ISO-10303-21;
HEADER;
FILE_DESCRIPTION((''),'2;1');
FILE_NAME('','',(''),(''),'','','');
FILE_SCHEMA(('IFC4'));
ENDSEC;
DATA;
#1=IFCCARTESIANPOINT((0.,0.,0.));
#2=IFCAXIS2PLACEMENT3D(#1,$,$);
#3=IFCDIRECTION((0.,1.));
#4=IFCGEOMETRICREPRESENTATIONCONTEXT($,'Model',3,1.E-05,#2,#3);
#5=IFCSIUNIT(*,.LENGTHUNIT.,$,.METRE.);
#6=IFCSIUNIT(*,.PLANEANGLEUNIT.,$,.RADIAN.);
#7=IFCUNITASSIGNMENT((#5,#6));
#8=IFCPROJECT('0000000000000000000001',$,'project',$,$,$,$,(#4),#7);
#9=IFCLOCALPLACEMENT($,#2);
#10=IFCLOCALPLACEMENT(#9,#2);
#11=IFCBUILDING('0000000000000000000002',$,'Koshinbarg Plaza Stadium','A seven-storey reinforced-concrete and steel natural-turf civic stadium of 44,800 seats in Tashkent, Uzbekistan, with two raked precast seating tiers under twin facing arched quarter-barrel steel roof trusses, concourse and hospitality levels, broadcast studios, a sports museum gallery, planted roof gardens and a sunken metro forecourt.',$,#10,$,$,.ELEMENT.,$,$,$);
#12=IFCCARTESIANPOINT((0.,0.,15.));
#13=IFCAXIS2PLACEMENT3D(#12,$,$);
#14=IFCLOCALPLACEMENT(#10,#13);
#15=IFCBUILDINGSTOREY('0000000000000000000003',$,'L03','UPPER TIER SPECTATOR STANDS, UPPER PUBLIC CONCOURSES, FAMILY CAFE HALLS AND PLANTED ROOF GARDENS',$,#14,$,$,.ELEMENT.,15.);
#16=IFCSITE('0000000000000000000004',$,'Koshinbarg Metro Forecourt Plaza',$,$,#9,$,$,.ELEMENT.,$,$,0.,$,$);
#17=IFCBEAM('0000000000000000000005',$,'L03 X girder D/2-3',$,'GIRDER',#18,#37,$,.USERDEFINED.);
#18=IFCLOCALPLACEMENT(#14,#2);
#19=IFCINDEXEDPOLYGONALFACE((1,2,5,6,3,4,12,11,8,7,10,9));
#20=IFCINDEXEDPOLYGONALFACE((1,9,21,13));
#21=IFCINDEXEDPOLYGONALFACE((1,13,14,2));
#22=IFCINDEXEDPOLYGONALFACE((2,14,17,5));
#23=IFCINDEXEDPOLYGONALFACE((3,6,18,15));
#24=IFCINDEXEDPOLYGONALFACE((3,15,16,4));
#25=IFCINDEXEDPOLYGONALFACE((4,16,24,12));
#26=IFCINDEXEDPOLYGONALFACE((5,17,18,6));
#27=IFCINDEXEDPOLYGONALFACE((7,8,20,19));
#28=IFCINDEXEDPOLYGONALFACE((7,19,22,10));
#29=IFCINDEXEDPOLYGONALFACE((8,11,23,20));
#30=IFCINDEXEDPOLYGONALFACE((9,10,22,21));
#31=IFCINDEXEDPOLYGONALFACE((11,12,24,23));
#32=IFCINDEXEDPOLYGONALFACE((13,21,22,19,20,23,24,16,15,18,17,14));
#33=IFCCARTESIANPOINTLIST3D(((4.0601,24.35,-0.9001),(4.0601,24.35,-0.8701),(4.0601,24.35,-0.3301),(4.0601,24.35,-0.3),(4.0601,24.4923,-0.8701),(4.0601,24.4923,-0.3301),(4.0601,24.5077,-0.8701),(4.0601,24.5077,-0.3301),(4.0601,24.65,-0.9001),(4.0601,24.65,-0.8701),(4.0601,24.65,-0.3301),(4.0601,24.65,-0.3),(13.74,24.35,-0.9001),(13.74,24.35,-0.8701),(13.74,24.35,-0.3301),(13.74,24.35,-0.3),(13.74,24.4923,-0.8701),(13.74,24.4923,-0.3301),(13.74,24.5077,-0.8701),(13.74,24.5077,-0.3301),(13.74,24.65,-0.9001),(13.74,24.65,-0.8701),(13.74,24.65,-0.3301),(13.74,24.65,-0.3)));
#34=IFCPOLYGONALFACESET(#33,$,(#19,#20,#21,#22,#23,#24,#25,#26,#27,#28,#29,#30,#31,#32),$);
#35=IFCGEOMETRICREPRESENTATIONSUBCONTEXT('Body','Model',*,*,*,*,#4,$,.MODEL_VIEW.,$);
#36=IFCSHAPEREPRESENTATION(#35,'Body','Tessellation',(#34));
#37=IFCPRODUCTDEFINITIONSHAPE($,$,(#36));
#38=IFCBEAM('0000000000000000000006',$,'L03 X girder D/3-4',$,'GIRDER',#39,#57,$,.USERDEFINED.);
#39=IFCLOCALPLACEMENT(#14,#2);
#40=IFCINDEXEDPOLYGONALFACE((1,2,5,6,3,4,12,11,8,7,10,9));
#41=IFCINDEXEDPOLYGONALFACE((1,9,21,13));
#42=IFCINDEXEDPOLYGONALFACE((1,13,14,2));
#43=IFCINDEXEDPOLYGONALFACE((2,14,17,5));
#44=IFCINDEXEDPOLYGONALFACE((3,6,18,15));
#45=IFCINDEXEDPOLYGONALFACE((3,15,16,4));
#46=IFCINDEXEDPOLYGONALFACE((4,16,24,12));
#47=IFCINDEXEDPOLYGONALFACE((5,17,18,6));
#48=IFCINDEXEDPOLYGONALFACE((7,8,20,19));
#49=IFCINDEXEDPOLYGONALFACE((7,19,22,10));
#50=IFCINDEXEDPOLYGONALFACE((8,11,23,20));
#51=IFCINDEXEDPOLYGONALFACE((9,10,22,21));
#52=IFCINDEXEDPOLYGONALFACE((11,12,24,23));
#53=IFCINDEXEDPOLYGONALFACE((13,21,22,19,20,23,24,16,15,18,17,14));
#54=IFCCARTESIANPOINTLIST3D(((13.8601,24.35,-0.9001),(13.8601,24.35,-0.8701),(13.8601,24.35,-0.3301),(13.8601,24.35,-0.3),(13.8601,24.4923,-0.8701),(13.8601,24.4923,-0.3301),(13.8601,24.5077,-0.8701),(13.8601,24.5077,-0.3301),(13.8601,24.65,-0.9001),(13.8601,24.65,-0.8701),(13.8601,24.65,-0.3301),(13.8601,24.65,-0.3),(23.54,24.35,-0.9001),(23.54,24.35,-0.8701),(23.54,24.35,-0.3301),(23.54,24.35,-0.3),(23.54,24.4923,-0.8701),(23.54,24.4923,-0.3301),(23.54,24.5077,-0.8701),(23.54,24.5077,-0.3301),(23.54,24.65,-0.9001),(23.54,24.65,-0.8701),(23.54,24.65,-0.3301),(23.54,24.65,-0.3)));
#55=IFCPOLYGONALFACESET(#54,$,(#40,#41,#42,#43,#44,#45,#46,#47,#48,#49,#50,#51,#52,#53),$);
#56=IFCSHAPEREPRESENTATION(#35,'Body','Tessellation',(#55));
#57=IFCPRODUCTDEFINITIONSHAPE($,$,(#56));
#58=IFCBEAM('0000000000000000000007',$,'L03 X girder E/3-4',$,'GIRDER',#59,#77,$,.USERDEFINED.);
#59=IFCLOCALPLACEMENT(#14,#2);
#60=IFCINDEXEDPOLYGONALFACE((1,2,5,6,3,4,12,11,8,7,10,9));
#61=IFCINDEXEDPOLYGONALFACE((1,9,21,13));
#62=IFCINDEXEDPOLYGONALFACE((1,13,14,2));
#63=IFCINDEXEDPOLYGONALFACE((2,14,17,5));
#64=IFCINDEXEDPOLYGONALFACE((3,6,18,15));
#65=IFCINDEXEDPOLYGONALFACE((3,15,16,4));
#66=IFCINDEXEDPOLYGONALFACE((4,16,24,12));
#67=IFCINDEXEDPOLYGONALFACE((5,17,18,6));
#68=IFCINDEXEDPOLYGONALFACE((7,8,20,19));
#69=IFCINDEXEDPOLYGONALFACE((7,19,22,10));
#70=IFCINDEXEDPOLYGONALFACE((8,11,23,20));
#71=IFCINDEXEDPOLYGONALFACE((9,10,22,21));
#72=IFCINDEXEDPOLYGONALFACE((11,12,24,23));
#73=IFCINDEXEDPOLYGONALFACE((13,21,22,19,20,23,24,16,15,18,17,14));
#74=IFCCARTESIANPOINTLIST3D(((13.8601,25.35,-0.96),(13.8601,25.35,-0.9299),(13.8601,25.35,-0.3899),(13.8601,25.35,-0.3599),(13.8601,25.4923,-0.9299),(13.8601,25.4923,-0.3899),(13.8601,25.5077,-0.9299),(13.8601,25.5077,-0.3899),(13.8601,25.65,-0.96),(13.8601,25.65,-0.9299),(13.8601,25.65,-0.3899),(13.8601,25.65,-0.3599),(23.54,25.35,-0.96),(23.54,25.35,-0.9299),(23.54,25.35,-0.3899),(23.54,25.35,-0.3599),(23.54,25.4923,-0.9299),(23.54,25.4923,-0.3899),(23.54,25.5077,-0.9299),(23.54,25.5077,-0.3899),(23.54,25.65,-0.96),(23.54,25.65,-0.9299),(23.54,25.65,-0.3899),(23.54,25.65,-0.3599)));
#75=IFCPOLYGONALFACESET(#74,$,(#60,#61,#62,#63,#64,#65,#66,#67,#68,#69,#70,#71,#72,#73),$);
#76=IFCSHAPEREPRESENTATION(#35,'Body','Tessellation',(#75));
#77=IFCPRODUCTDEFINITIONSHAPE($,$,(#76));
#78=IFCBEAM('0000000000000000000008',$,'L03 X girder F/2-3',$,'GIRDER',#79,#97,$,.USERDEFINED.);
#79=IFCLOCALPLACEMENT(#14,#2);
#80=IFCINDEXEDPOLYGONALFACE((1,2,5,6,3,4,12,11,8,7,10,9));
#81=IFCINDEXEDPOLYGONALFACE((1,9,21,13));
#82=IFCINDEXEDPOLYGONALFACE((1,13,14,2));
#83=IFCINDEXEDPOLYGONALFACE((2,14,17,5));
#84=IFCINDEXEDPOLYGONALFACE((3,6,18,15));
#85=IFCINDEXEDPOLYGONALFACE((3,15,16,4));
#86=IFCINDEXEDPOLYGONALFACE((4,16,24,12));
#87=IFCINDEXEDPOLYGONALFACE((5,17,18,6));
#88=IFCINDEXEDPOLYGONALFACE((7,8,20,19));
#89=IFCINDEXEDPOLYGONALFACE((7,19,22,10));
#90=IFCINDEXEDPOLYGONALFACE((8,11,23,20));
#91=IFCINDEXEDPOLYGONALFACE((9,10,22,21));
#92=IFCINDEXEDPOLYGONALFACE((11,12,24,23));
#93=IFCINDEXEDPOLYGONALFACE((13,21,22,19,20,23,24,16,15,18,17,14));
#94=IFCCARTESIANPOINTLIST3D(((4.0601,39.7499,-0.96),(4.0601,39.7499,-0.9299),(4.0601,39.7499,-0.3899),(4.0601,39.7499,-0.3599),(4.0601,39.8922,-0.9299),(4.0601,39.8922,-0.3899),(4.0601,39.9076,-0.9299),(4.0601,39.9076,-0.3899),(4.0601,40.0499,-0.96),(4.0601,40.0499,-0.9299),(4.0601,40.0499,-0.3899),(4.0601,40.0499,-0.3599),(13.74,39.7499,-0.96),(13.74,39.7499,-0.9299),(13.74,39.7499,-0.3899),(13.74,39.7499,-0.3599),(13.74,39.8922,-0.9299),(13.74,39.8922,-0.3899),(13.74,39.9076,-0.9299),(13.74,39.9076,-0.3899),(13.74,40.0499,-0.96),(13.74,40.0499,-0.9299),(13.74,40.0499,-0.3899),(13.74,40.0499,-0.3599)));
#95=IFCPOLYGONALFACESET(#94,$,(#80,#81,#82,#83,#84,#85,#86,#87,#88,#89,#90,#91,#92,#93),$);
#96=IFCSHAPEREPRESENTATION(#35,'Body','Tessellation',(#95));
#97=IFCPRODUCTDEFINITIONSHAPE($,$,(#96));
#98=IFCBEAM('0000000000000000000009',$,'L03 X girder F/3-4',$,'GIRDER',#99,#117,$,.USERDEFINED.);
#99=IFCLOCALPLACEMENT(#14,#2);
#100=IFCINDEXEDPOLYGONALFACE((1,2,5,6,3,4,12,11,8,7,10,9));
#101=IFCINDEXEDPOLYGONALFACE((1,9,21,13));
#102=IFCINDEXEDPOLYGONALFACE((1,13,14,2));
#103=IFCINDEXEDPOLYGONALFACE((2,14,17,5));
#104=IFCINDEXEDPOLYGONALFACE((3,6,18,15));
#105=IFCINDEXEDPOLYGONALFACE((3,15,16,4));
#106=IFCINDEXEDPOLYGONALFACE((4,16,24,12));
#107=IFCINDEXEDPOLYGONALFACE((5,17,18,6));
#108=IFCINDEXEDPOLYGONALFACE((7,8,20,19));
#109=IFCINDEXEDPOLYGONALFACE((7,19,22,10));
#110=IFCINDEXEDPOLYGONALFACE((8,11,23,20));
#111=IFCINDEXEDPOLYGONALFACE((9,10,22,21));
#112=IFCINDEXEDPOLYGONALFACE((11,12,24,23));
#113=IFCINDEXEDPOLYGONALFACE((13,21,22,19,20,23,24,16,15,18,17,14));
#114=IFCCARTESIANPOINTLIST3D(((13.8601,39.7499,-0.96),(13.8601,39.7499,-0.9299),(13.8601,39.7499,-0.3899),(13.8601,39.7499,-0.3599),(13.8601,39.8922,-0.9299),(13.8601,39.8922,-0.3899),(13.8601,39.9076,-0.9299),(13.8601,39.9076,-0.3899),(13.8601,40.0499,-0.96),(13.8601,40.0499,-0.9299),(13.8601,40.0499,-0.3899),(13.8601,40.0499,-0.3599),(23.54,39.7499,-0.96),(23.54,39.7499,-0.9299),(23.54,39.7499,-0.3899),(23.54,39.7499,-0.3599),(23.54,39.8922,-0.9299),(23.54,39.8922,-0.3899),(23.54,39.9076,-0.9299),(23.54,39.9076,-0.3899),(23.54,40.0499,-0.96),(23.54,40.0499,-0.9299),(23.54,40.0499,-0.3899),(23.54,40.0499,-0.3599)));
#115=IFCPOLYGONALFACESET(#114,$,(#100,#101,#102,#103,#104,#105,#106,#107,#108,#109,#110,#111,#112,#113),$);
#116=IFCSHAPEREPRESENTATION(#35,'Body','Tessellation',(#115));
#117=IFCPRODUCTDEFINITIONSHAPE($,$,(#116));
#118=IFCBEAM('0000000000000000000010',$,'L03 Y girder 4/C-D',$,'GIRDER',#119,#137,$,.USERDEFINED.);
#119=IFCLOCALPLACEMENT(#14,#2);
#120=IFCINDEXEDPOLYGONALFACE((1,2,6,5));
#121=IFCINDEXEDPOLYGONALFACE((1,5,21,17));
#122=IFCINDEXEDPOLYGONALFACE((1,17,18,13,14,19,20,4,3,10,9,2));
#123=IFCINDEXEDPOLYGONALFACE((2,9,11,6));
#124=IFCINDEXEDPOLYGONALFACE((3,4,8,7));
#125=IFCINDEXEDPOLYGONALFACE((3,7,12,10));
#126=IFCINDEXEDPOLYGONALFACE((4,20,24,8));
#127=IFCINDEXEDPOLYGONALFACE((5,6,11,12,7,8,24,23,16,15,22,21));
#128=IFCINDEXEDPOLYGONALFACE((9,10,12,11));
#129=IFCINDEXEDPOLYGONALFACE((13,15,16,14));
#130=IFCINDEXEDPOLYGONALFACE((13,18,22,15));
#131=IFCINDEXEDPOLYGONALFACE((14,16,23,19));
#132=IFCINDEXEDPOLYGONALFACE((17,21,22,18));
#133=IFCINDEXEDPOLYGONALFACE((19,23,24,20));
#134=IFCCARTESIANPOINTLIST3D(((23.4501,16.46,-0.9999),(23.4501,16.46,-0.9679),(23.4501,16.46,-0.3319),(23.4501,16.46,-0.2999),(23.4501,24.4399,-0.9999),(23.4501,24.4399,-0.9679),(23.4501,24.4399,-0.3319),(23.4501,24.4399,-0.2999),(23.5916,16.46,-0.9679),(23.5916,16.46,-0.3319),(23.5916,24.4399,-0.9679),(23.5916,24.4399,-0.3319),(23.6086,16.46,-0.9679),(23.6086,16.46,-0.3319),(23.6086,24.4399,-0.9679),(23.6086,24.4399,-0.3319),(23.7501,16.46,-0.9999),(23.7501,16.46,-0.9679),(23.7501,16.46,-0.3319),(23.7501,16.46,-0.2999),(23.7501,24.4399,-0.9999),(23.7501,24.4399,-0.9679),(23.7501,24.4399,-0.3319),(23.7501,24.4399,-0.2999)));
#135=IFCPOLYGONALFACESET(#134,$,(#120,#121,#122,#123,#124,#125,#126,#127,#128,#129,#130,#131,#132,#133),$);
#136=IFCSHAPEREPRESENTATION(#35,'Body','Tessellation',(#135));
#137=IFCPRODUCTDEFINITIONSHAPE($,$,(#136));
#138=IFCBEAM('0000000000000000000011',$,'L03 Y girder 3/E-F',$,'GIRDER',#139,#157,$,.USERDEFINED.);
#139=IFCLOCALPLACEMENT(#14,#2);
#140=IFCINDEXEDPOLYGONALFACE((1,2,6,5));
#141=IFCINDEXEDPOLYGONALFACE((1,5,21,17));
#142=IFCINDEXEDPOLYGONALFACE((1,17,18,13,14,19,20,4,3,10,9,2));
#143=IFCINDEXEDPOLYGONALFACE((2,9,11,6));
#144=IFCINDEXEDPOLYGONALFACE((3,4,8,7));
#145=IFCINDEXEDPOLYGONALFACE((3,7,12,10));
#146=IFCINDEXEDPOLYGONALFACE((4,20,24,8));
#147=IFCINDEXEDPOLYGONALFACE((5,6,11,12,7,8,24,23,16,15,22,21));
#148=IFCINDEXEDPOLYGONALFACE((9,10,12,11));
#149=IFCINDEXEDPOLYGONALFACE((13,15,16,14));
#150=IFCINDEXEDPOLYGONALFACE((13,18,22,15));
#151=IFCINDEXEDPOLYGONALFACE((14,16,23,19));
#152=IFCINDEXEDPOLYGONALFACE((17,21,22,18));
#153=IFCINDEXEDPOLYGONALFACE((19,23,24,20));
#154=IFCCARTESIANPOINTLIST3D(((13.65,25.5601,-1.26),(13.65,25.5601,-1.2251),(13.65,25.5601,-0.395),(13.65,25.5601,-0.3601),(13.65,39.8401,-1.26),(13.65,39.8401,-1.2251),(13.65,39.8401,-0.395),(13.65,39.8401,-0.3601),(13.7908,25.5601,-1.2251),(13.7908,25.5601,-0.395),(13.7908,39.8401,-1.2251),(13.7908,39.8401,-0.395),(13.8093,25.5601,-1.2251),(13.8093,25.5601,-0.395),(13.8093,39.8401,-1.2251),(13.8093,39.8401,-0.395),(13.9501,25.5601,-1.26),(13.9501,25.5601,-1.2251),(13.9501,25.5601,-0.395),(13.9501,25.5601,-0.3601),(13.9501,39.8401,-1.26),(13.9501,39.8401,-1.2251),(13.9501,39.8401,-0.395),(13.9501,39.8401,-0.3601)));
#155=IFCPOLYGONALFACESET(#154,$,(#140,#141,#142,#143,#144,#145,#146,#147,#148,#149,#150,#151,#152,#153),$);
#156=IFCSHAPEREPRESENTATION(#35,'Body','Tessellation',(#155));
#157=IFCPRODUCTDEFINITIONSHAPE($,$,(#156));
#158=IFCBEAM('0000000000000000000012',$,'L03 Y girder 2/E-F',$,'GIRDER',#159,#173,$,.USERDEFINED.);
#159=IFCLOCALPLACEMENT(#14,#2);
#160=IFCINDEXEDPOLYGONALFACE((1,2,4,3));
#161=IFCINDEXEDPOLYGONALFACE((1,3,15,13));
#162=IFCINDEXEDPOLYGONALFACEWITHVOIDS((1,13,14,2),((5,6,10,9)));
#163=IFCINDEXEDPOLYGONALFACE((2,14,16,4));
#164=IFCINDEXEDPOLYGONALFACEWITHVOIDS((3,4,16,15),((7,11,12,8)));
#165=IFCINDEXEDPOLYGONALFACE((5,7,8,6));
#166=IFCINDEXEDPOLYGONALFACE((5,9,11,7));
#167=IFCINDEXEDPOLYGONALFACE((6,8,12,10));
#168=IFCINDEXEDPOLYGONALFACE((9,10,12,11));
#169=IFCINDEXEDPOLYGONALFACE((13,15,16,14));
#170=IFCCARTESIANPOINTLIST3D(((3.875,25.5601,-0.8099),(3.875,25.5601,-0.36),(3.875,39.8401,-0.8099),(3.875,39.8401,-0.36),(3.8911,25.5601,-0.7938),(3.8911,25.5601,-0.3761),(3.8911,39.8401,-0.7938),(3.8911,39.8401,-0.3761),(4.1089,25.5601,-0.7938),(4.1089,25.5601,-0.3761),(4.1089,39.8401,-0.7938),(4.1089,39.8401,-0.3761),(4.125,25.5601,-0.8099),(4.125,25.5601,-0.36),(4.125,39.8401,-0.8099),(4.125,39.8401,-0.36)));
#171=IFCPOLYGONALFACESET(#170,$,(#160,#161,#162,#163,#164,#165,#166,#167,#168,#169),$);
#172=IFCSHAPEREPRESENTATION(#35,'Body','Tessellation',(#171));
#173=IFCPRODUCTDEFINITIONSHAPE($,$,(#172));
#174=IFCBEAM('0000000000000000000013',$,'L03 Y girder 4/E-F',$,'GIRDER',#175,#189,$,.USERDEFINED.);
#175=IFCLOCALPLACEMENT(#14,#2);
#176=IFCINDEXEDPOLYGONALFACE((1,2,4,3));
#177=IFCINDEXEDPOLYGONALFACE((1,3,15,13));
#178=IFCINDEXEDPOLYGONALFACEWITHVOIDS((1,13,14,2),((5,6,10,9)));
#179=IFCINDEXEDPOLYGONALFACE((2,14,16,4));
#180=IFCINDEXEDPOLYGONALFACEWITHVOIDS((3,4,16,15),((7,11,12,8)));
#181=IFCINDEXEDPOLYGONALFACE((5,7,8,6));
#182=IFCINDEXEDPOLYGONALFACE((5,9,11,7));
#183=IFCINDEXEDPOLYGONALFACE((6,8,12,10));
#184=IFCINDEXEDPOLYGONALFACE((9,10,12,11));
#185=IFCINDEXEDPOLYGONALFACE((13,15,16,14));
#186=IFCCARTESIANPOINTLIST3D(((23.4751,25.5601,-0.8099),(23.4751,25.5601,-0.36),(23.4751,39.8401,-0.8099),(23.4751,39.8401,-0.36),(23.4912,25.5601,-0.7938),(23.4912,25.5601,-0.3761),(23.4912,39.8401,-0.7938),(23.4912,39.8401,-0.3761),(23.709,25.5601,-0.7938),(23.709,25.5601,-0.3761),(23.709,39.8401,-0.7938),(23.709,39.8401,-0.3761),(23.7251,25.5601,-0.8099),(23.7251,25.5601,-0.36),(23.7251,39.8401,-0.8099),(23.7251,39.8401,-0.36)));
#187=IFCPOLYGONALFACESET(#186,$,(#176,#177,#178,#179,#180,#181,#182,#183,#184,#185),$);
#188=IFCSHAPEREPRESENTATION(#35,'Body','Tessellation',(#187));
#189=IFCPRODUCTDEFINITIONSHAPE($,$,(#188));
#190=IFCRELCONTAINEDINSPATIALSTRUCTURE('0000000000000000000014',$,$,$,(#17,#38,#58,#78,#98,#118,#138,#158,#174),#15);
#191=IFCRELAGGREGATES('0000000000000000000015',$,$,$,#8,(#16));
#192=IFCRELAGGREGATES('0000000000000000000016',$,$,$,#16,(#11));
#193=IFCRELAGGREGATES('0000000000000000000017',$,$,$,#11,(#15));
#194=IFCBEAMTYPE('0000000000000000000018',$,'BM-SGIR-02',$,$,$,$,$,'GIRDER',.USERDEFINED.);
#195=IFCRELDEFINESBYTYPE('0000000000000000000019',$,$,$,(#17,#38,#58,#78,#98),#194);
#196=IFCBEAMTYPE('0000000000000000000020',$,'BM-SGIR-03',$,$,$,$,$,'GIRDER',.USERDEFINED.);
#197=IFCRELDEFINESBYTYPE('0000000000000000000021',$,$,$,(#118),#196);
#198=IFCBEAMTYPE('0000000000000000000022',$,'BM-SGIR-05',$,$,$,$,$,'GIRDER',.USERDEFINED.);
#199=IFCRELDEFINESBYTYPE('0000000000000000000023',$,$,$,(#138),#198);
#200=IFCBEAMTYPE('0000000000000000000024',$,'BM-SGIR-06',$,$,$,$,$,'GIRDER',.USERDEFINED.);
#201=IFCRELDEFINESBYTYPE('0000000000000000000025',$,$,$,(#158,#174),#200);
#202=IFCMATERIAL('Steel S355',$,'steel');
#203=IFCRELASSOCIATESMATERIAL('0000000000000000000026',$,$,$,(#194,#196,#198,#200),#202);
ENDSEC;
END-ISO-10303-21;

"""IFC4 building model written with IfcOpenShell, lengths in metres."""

from ifc_helpers import new_model, si_unit, direction, frame, origin, origin_2d, place, context, subcontext, project, spatial, hollow_rectangle, i_section, extrude, material, material_profile, profile_set, type_object, element, save


model = new_model("IFC4")

# Units and contexts
model_context = context("Model", 3, precision=1e-05, world=origin(), true_north=direction((0.0, 1.0)))
body_context = subcontext(model_context, "Body", "Model", "MODEL_VIEW")
ifc_project = project(units=[si_unit("LENGTHUNIT", "METRE"), si_unit("PLANEANGLEUNIT", "RADIAN")], contexts=[model_context])

# Site, building, storey
site_placement = place(None, origin())
site = spatial("IfcSite", under=ifc_project, at=site_placement, Name="Koshinbarg Metro Forecourt Plaza", CompositionType="ELEMENT", RefElevation=0.0)
building_placement = place(site_placement, origin())
building = spatial("IfcBuilding", under=site, at=building_placement, Name="Koshinbarg Plaza Stadium", Description="A seven-storey reinforced-concrete and steel natural-turf civic stadium of 44,800 seats in Tashkent, Uzbekistan, with two raked precast seating tiers under twin facing arched quarter-barrel steel roof trusses, concourse and hospitality levels, broadcast studios, a sports museum gallery, planted roof gardens and a sunken metro forecourt.", CompositionType="ELEMENT")
storey_placement = place(building_placement, frame((0.0, 0.0, 15.0)))
storey = spatial("IfcBuildingStorey", under=building, at=storey_placement, Name="L03", Description="UPPER TIER SPECTATOR STANDS, UPPER PUBLIC CONCOURSES, FAMILY CAFE HALLS AND PLANTED ROOF GARDENS", CompositionType="ELEMENT", Elevation=15.0)

# Beams
ifc_material_1 = material(Name="Steel S355", Category="steel")
ifc_material_profile_1 = material_profile(ifc_material_1, i_section(OverallWidth=0.3, OverallDepth=0.6001, WebThickness=0.0154, FlangeThickness=0.03, at=origin_2d()), Name="HEB 600")
ifc_profile_set_1 = profile_set([ifc_material_profile_1], Name="Steel S355")
beam_type_1 = type_object("IfcBeamType", Name="BM-SGIR-02", ElementType="GIRDER", PredefinedType="USERDEFINED", material=ifc_profile_set_1)
for number, where, z_axis, x_axis, name in (
    (1, (4.0601, 24.5, -0.6001), (1.0, 0.0, 0.0), (0.0, 1.0, 0.0), "L03 X girder D/2-3"),
    (2, (13.8601, 24.5, -0.6001), (1.0, 0.0, 0.0), (0.0, 1.0, 0.0), "L03 X girder D/3-4"),
    (3, (13.8601, 25.5, -0.6599), (1.0, 0.0, 0.0), (0.0, 1.0, 0.0), "L03 X girder E/3-4"),
    (4, (4.0601, 39.8999, -0.6599), (1.0, 0.0, 0.0), (0.0, 1.0, 0.0), "L03 X girder F/2-3"),
    (5, (13.8601, 39.8999, -0.6599), (1.0, 0.0, 0.0), (0.0, 1.0, 0.0), "L03 X girder F/3-4"),
):
    element("IfcBeam", number, at=place(storey_placement, frame(where, z_axis=z_axis, x_axis=x_axis)), inside=storey, type_object=beam_type_1, Name=name, ObjectType="GIRDER", PredefinedType="USERDEFINED", context=body_context, shape_type="SweptSolid", body=[
        extrude(i_section(OverallWidth=0.3, OverallDepth=0.6001, WebThickness=0.0154, FlangeThickness=0.03, at=origin_2d()), origin(), (0.0, 0.0, 1.0), 9.6799),
    ])
ifc_material_profile_2 = material_profile(ifc_material_1, i_section(OverallWidth=0.3, OverallDepth=0.7, WebThickness=0.0171, FlangeThickness=0.032, at=origin_2d()), Name="HEB 700")
ifc_profile_set_2 = profile_set([ifc_material_profile_2], Name="Steel S355")
beam_type_2 = type_object("IfcBeamType", Name="BM-SGIR-03", ElementType="GIRDER", PredefinedType="USERDEFINED", material=ifc_profile_set_2)
beam_1_placement = place(storey_placement, frame((23.6001, 16.46, -0.6499), z_axis=(0.0, 1.0, 0.0), x_axis=(-1.0, 0.0, 0.0)))
element("IfcBeam", 6, at=beam_1_placement, inside=storey, type_object=beam_type_2, Name="L03 Y girder 4/C-D", ObjectType="GIRDER", PredefinedType="USERDEFINED", context=body_context, shape_type="SweptSolid", body=[
    extrude(i_section(OverallWidth=0.3, OverallDepth=0.7, WebThickness=0.0171, FlangeThickness=0.032, at=origin_2d()), origin(), (0.0, 0.0, 1.0), 7.98),
])
ifc_material_profile_3 = material_profile(ifc_material_1, i_section(OverallWidth=0.3, OverallDepth=0.8999, WebThickness=0.0186, FlangeThickness=0.0349, at=origin_2d()), Name="HEB 900")
ifc_profile_set_3 = profile_set([ifc_material_profile_3], Name="Steel S355")
beam_type_3 = type_object("IfcBeamType", Name="BM-SGIR-05", ElementType="GIRDER", PredefinedType="USERDEFINED", material=ifc_profile_set_3)
beam_2_placement = place(storey_placement, frame((13.8, 25.5601, -0.8101), z_axis=(0.0, 1.0, 0.0), x_axis=(-1.0, 0.0, 0.0)))
element("IfcBeam", 7, at=beam_2_placement, inside=storey, type_object=beam_type_3, Name="L03 Y girder 3/E-F", ObjectType="GIRDER", PredefinedType="USERDEFINED", context=body_context, shape_type="SweptSolid", body=[
    extrude(i_section(OverallWidth=0.3, OverallDepth=0.8999, WebThickness=0.0186, FlangeThickness=0.0349, at=origin_2d()), origin(), (0.0, 0.0, 1.0), 14.28),
])
ifc_material_profile_4 = material_profile(ifc_material_1, hollow_rectangle(XDim=0.25, YDim=0.45, WallThickness=0.0161, at=origin_2d()), Name="RHS 450x250x16")
ifc_profile_set_4 = profile_set([ifc_material_profile_4], Name="Steel S355")
beam_type_4 = type_object("IfcBeamType", Name="BM-SGIR-06", ElementType="GIRDER", PredefinedType="USERDEFINED", material=ifc_profile_set_4)
for number, where, z_axis, x_axis, name in (
    (8, (4.0, 25.5601, -0.585), (0.0, 1.0, 0.0), (-1.0, 0.0, 0.0), "L03 Y girder 2/E-F"),
    (9, (23.6001, 25.5601, -0.585), (0.0, 1.0, 0.0), (-1.0, 0.0, 0.0), "L03 Y girder 4/E-F"),
):
    element("IfcBeam", number, at=place(storey_placement, frame(where, z_axis=z_axis, x_axis=x_axis)), inside=storey, type_object=beam_type_4, Name=name, ObjectType="GIRDER", PredefinedType="USERDEFINED", context=body_context, shape_type="SweptSolid", body=[
        extrude(hollow_rectangle(XDim=0.25, YDim=0.45, WallThickness=0.0161, at=origin_2d()), origin(), (0.0, 0.0, 1.0), 14.28),
    ])

save(model, "model.ifc")
